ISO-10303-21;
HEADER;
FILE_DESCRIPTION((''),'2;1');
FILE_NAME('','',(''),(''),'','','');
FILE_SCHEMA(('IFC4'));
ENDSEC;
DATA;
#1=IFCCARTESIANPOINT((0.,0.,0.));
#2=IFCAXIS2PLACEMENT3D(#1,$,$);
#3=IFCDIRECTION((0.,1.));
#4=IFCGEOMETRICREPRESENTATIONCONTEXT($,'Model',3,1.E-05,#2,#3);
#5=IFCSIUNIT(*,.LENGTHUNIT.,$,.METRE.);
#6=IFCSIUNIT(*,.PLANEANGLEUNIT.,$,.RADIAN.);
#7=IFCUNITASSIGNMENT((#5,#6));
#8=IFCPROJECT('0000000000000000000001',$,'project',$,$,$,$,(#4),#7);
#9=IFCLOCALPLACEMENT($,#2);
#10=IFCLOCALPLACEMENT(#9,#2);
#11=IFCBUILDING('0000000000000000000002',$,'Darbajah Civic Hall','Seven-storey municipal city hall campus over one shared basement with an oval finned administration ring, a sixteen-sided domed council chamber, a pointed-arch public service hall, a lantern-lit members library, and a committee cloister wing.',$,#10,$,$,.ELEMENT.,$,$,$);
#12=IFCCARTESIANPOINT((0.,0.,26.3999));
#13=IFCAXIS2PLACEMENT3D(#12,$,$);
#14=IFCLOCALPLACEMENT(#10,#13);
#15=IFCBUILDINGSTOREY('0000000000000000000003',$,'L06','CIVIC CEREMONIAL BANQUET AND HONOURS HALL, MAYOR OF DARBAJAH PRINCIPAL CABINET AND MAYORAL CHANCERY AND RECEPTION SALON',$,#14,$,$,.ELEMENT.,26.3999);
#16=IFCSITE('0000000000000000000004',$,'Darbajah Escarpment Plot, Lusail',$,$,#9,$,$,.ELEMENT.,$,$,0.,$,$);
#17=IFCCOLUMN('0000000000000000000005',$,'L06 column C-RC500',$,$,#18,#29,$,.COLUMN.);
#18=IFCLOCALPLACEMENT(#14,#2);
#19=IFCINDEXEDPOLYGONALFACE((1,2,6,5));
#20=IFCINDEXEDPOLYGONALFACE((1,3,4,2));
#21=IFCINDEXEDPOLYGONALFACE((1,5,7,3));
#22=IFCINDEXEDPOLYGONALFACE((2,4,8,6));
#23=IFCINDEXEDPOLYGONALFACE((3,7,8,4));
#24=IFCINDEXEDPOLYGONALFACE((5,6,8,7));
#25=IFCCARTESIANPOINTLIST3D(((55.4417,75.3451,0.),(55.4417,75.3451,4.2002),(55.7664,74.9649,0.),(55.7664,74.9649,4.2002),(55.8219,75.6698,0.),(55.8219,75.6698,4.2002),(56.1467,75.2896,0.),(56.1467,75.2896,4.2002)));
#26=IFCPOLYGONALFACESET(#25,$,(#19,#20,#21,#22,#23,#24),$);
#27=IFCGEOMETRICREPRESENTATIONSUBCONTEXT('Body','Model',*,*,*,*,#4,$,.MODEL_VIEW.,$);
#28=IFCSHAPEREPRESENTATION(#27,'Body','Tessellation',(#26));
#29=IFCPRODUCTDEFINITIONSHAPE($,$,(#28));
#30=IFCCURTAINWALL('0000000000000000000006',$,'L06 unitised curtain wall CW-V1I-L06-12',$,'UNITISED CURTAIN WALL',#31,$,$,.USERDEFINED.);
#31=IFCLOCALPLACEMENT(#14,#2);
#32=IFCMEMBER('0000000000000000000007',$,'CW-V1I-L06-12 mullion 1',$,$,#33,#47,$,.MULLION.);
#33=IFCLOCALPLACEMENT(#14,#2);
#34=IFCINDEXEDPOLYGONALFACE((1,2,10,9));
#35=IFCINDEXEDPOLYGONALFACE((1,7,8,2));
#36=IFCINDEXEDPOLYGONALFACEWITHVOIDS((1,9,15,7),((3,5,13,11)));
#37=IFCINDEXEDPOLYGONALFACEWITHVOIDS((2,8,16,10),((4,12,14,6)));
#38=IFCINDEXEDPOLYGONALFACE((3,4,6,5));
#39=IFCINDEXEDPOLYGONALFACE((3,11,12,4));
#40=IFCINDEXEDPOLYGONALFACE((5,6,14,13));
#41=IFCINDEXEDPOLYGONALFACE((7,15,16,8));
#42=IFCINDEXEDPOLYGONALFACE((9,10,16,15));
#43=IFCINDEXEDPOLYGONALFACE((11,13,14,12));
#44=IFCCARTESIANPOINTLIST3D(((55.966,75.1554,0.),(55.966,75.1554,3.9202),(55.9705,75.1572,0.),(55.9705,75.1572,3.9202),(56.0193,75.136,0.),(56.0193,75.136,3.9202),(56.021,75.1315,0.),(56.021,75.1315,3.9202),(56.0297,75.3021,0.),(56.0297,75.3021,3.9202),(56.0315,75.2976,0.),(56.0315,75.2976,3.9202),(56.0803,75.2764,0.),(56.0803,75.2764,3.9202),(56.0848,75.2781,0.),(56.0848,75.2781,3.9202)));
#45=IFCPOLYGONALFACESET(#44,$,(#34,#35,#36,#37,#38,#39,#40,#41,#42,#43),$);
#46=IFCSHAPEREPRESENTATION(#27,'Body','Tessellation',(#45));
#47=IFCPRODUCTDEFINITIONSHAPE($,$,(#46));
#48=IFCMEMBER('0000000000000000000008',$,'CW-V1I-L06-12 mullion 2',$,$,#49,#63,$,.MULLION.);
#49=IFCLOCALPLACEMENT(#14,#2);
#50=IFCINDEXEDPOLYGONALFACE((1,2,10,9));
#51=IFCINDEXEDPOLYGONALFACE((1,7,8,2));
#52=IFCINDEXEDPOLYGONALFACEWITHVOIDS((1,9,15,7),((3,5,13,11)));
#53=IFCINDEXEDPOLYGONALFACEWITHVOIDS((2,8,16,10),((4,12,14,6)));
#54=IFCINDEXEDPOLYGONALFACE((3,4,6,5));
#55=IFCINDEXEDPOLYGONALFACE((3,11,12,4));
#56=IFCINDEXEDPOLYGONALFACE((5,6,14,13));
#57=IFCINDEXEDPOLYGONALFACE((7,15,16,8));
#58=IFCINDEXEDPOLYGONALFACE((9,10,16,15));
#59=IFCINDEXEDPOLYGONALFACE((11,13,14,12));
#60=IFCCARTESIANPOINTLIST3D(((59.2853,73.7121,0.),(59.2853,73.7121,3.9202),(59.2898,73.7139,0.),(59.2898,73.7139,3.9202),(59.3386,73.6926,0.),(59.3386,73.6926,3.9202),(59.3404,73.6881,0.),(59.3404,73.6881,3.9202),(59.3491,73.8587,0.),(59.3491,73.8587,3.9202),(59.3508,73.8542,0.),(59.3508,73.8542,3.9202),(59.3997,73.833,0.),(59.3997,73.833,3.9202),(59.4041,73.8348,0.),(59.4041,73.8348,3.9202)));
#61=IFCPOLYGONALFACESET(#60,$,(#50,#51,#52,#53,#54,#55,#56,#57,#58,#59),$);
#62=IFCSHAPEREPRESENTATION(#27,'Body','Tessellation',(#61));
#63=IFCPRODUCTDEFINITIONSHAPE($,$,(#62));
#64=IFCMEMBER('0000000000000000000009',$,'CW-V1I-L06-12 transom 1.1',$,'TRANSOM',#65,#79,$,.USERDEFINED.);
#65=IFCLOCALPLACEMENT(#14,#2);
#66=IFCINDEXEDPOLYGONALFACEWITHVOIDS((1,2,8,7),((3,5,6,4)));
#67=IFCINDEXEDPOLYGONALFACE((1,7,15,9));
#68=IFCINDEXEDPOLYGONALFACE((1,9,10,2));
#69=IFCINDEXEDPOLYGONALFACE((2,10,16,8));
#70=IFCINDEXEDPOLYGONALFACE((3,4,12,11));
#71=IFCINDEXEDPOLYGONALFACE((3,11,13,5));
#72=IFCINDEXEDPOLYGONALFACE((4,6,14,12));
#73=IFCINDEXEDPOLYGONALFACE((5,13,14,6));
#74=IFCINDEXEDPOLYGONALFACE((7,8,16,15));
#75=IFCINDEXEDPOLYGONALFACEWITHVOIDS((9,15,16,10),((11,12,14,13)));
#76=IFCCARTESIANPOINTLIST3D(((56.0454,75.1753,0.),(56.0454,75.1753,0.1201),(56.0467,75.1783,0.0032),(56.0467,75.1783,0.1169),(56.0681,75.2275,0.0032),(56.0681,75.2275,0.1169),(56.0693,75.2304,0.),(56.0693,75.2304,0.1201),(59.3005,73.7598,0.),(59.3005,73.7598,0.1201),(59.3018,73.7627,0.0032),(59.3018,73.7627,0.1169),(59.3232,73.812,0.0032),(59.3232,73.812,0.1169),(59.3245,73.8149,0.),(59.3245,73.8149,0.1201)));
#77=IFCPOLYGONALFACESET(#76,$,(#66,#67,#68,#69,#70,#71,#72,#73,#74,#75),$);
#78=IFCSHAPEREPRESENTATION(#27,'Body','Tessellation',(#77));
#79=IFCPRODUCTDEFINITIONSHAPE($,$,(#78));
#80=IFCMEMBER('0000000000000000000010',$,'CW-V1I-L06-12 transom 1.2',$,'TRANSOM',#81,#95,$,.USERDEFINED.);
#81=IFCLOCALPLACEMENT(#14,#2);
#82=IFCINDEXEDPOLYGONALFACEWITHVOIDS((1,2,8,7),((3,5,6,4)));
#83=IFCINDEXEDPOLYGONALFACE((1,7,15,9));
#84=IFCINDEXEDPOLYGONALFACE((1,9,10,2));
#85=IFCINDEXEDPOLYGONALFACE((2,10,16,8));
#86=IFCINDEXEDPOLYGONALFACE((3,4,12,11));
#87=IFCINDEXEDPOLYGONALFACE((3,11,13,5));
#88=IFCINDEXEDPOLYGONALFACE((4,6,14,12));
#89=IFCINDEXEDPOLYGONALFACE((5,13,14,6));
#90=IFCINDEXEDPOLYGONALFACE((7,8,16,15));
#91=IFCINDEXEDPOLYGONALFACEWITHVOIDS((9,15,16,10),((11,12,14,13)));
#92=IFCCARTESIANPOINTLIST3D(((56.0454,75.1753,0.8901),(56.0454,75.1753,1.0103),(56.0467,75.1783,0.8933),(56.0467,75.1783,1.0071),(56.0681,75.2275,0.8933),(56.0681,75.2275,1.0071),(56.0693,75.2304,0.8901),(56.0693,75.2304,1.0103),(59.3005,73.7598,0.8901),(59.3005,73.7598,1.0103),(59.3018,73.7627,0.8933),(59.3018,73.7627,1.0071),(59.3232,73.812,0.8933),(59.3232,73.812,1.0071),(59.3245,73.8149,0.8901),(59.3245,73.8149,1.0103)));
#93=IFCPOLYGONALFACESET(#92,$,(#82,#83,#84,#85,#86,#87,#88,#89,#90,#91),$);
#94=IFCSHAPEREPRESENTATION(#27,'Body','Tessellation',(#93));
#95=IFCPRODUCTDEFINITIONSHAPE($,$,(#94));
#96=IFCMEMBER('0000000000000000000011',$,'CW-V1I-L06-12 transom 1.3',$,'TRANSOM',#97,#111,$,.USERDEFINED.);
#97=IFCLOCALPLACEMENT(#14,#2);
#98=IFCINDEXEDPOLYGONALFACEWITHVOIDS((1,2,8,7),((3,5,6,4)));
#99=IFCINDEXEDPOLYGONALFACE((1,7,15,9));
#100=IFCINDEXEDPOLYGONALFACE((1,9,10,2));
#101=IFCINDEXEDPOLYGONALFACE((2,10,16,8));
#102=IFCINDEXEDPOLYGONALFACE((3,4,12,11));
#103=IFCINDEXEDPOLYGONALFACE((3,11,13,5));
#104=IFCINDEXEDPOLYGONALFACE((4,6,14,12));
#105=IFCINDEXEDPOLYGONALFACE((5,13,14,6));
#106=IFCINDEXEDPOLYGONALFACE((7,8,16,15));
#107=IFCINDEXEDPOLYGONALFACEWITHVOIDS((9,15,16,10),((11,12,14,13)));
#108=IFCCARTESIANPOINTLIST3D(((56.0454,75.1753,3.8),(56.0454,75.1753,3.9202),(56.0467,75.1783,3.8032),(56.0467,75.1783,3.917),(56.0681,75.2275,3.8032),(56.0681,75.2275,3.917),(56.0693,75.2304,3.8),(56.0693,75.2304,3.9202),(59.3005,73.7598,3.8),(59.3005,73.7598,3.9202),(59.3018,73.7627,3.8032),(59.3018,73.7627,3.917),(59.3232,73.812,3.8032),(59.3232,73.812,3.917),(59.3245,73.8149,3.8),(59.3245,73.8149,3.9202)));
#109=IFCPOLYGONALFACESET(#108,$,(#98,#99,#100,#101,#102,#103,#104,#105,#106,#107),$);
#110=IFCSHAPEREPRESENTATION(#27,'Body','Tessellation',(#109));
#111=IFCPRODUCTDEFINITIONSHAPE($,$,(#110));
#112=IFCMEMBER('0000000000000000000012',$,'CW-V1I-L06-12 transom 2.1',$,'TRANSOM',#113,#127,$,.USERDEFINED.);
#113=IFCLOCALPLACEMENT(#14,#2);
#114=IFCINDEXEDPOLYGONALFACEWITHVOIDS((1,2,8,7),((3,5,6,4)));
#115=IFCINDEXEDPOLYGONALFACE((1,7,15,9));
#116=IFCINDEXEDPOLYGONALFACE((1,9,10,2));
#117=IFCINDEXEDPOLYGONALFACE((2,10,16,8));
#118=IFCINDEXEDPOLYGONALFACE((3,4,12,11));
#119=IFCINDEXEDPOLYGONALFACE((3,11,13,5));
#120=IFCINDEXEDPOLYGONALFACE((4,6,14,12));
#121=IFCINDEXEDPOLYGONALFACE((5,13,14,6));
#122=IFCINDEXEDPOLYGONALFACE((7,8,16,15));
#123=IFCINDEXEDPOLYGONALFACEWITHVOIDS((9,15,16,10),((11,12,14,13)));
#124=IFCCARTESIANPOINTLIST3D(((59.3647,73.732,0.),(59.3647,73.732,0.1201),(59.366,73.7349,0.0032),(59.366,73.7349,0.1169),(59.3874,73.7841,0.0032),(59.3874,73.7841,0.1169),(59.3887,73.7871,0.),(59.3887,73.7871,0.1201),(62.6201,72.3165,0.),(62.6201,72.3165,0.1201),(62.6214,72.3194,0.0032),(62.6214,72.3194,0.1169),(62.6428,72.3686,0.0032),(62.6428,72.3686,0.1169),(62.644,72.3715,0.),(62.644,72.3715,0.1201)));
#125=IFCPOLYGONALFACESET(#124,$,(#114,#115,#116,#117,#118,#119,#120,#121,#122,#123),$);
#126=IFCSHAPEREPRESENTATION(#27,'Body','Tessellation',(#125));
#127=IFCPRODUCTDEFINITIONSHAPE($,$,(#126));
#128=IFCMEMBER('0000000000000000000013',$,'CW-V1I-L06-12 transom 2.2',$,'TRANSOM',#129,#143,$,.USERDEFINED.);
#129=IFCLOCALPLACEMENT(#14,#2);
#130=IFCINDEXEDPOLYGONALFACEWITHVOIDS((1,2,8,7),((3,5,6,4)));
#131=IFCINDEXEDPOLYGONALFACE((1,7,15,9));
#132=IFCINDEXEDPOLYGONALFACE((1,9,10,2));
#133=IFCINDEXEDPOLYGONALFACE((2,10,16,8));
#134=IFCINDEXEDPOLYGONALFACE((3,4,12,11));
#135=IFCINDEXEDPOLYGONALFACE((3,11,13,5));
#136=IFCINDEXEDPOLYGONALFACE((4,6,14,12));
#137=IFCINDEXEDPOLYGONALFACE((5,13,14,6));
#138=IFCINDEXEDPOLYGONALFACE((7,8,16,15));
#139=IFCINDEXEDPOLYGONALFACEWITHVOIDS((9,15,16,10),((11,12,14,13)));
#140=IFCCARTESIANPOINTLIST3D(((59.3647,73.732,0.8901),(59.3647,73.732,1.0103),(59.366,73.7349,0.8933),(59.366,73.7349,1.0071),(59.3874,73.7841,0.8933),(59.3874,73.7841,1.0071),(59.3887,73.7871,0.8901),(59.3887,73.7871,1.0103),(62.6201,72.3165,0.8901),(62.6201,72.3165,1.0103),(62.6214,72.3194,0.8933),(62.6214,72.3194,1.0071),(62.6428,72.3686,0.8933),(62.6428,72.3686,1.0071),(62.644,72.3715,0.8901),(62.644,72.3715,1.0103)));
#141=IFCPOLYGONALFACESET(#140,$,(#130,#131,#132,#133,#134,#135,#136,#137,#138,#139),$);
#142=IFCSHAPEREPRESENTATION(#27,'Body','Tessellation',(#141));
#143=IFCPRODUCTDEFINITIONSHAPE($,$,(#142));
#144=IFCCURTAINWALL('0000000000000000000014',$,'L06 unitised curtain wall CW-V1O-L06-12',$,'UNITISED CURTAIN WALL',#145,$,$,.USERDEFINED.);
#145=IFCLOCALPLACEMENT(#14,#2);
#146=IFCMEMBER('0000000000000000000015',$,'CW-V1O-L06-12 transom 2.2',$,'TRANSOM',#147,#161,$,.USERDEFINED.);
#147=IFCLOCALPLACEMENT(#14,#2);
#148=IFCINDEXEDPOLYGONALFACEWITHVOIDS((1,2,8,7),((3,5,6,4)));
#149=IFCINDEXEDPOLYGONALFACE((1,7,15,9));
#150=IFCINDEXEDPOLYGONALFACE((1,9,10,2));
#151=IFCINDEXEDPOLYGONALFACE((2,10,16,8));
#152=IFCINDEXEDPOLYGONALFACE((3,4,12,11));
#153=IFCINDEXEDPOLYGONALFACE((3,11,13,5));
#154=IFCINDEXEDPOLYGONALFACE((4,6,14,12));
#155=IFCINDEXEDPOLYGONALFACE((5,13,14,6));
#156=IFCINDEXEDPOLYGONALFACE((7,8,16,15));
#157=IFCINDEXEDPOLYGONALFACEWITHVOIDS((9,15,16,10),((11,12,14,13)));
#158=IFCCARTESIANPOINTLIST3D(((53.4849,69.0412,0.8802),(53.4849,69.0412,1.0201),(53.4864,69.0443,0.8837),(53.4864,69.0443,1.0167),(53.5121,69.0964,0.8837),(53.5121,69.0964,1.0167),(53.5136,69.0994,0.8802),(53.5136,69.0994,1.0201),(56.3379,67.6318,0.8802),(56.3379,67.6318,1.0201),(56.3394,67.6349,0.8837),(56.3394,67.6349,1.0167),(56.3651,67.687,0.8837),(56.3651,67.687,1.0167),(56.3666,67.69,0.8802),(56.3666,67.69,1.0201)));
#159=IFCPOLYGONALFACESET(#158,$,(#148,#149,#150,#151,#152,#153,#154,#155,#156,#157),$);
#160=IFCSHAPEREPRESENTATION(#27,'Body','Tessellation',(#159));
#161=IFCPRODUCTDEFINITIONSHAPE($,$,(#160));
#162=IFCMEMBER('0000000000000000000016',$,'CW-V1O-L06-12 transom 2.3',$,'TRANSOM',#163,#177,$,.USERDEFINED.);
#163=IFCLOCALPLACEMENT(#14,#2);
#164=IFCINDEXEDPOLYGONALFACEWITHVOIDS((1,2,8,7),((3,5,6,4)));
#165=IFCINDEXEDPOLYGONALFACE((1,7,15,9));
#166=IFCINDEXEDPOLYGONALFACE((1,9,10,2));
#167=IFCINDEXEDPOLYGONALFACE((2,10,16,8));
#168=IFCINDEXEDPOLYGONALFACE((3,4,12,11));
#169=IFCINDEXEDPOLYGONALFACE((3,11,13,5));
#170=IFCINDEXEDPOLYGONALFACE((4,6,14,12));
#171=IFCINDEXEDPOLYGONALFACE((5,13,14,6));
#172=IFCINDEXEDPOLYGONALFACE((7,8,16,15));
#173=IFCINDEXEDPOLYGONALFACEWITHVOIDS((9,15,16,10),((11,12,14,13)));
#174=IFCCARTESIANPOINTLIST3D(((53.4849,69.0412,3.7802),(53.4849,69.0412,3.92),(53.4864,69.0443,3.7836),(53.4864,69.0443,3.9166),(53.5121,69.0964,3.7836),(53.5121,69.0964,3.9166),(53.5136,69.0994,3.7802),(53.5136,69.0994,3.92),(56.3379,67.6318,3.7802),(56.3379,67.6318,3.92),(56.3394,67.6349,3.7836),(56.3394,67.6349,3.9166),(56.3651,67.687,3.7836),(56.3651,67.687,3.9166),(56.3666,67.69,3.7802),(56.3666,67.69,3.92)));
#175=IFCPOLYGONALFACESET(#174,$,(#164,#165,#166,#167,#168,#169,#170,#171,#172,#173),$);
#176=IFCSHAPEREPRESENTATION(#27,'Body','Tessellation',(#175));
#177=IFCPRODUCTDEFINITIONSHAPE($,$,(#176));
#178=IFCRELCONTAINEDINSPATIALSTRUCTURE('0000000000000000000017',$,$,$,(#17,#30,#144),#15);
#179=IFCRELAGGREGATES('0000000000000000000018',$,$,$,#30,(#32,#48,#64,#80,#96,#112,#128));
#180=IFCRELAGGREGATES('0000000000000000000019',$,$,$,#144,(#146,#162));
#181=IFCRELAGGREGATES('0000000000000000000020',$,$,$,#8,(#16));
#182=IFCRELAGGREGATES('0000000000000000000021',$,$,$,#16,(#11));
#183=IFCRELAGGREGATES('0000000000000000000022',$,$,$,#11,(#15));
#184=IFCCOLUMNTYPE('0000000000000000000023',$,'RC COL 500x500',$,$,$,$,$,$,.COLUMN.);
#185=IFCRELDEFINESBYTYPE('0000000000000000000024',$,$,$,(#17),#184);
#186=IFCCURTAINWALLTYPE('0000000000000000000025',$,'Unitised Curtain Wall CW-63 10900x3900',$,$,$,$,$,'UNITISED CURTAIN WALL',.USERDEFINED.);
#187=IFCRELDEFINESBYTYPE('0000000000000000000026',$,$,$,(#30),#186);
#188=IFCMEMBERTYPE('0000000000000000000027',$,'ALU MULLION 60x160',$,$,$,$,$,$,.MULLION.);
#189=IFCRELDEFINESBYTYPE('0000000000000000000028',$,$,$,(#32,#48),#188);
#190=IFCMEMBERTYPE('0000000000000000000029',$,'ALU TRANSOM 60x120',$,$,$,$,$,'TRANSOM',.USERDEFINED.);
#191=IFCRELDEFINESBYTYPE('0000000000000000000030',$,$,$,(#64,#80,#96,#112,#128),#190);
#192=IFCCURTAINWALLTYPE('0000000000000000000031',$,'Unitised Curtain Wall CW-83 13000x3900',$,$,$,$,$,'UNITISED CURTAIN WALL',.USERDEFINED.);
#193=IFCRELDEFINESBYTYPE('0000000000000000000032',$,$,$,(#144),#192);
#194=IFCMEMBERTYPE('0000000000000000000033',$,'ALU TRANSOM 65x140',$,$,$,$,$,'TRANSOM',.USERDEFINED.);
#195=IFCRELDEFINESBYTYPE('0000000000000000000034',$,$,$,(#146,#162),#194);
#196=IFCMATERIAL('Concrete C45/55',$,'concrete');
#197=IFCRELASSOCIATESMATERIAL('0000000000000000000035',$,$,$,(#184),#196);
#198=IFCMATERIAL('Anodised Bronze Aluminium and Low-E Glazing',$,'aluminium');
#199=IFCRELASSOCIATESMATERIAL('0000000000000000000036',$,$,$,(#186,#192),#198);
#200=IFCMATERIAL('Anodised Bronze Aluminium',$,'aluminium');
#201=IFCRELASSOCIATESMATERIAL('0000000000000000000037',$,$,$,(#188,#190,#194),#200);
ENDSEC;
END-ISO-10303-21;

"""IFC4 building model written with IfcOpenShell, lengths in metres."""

from ifc_helpers import new_model, si_unit, direction, frame, origin, origin_2d, place, context, subcontext, project, spatial, rectangle, hollow_rectangle, extrude, material, material_profile, profile_set, type_object, element, aggregate, save


model = new_model("IFC4")

# Units and contexts
model_context = context("Model", 3, precision=1e-05, world=origin(), true_north=direction((0.0, 1.0)))
body_context = subcontext(model_context, "Body", "Model", "MODEL_VIEW")
ifc_project = project(units=[si_unit("LENGTHUNIT", "METRE"), si_unit("PLANEANGLEUNIT", "RADIAN")], contexts=[model_context])

# Site, building, storey
site_placement = place(None, origin())
site = spatial("IfcSite", under=ifc_project, at=site_placement, Name="Darbajah Escarpment Plot, Lusail", CompositionType="ELEMENT", RefElevation=0.0)
building_placement = place(site_placement, origin())
building = spatial("IfcBuilding", under=site, at=building_placement, Name="Darbajah Civic Hall", Description="Seven-storey municipal city hall campus over one shared basement with an oval finned administration ring, a sixteen-sided domed council chamber, a pointed-arch public service hall, a lantern-lit members library, and a committee cloister wing.", CompositionType="ELEMENT")
storey_placement = place(building_placement, frame((0.0, 0.0, 26.3999)))
storey = spatial("IfcBuildingStorey", under=building, at=storey_placement, Name="L06", Description="CIVIC CEREMONIAL BANQUET AND HONOURS HALL, MAYOR OF DARBAJAH PRINCIPAL CABINET AND MAYORAL CHANCERY AND RECEPTION SALON", CompositionType="ELEMENT", Elevation=26.3999)

# Column
ifc_material_1 = material(Name="Concrete C45/55", Category="concrete")
ifc_material_profile_1 = material_profile(ifc_material_1, rectangle(XDim=0.5, YDim=0.5, at=origin_2d()), Name="RC COL 500x500")
ifc_profile_set_1 = profile_set([ifc_material_profile_1], Name="Concrete C45/55")
column_type = type_object("IfcColumnType", Name="RC COL 500x500", PredefinedType="COLUMN", material=ifc_profile_set_1)
column_placement = place(storey_placement, frame((55.7942, 75.3174, 0.0), z_axis=(0.0, 0.0, 1.0), x_axis=(-0.760406, -0.649448, 0.0)))
element("IfcColumn", 1, at=column_placement, inside=storey, type_object=column_type, Name="L06 column C-RC500", PredefinedType="COLUMN", context=body_context, shape_type="SweptSolid", body=[
    extrude(rectangle(XDim=0.5, YDim=0.5, at=origin_2d()), origin(), (0.0, 0.0, 1.0), 4.2002),
])

# Curtain walls, members
ifc_material_2 = material(Name="Anodised Bronze Aluminium and Low-E Glazing", Category="aluminium")
curtain_wall_type_1 = type_object("IfcCurtainWallType", Name="Unitised Curtain Wall CW-63 10900x3900", ElementType="UNITISED CURTAIN WALL", PredefinedType="USERDEFINED", material=ifc_material_2)
curtain_wall_1_placement = place(storey_placement, origin())
curtain_wall_1 = element("IfcCurtainWall", 2, at=curtain_wall_1_placement, inside=storey, type_object=curtain_wall_type_1, Name="L06 unitised curtain wall CW-V1I-L06-12", ObjectType="UNITISED CURTAIN WALL", PredefinedType="USERDEFINED")
ifc_material_3 = material(Name="Anodised Bronze Aluminium", Category="aluminium")
ifc_material_profile_2 = material_profile(ifc_material_3, hollow_rectangle(XDim=0.0601, YDim=0.1599, WallThickness=0.0034, at=origin_2d()), Name="ALU MULLION 60x160")
ifc_profile_set_2 = profile_set([ifc_material_profile_2], Name="Anodised Bronze Aluminium")
member_type_1 = type_object("IfcMemberType", Name="ALU MULLION 60x160", PredefinedType="MULLION", material=ifc_profile_set_2)
member_1_placement = place(storey_placement, frame((56.0254, 75.2168, 0.0), z_axis=(0.0, 0.0, 1.0), x_axis=(0.91706, -0.398749, 0.0)))
member_1 = element("IfcMember", 3, at=member_1_placement, type_object=member_type_1, Name="CW-V1I-L06-12 mullion 1", PredefinedType="MULLION", context=body_context, shape_type="SweptSolid", body=[
    extrude(hollow_rectangle(XDim=0.0601, YDim=0.1599, WallThickness=0.0034, at=origin_2d()), origin(), (0.0, 0.0, 1.0), 3.9202),
])
member_2_placement = place(storey_placement, frame((59.3447, 73.7734, 0.0), z_axis=(0.0, 0.0, 1.0), x_axis=(0.91706, -0.398749, 0.0)))
member_2 = element("IfcMember", 4, at=member_2_placement, type_object=member_type_1, Name="CW-V1I-L06-12 mullion 2", PredefinedType="MULLION", context=body_context, shape_type="SweptSolid", body=[
    extrude(hollow_rectangle(XDim=0.0601, YDim=0.1599, WallThickness=0.0034, at=origin_2d()), origin(), (0.0, 0.0, 1.0), 3.9202),
])
ifc_material_profile_3 = material_profile(ifc_material_3, hollow_rectangle(XDim=0.0601, YDim=0.1201, WallThickness=0.0032, at=origin_2d()), Name="ALU TRANSOM 60x120")
ifc_profile_set_3 = profile_set([ifc_material_profile_3], Name="Anodised Bronze Aluminium")
member_type_2 = type_object("IfcMemberType", Name="ALU TRANSOM 60x120", ElementType="TRANSOM", PredefinedType="USERDEFINED", material=ifc_profile_set_3)
member_3_placement = place(storey_placement, frame((56.0574, 75.2029, 0.0601), z_axis=(0.917044, -0.398786, 0.0), x_axis=(0.398786, 0.917044, 0.0)))
member_3 = element("IfcMember", 5, at=member_3_placement, type_object=member_type_2, Name="CW-V1I-L06-12 transom 1.1", ObjectType="TRANSOM", PredefinedType="USERDEFINED", context=body_context, shape_type="SweptSolid", body=[
    extrude(hollow_rectangle(XDim=0.0601, YDim=0.1201, WallThickness=0.0032, at=origin_2d()), origin(), (0.0, 0.0, 1.0), 3.5496),
])
member_4_placement = place(storey_placement, frame((56.0574, 75.2029, 0.9502), z_axis=(0.917044, -0.398786, 0.0), x_axis=(0.398786, 0.917044, 0.0)))
member_4 = element("IfcMember", 6, at=member_4_placement, type_object=member_type_2, Name="CW-V1I-L06-12 transom 1.2", ObjectType="TRANSOM", PredefinedType="USERDEFINED", context=body_context, shape_type="SweptSolid", body=[
    extrude(hollow_rectangle(XDim=0.0601, YDim=0.1201, WallThickness=0.0032, at=origin_2d()), origin(), (0.0, 0.0, 1.0), 3.5496),
])
member_5_placement = place(storey_placement, frame((56.0574, 75.2029, 3.8601), z_axis=(0.917044, -0.398786, 0.0), x_axis=(0.398786, 0.917044, 0.0)))
member_5 = element("IfcMember", 7, at=member_5_placement, type_object=member_type_2, Name="CW-V1I-L06-12 transom 1.3", ObjectType="TRANSOM", PredefinedType="USERDEFINED", context=body_context, shape_type="SweptSolid", body=[
    extrude(hollow_rectangle(XDim=0.0601, YDim=0.1201, WallThickness=0.0032, at=origin_2d()), origin(), (0.0, 0.0, 1.0), 3.5496),
])
member_6_placement = place(storey_placement, frame((59.3767, 73.7595, 0.0601), z_axis=(0.917055, -0.398761, 0.0), x_axis=(0.398761, 0.917055, 0.0)))
member_6 = element("IfcMember", 8, at=member_6_placement, type_object=member_type_2, Name="CW-V1I-L06-12 transom 2.1", ObjectType="TRANSOM", PredefinedType="USERDEFINED", context=body_context, shape_type="SweptSolid", body=[
    extrude(hollow_rectangle(XDim=0.0601, YDim=0.1201, WallThickness=0.0032, at=origin_2d()), origin(), (0.0, 0.0, 1.0), 3.5498),
])
member_7_placement = place(storey_placement, frame((59.3767, 73.7595, 0.9502), z_axis=(0.917055, -0.398761, 0.0), x_axis=(0.398761, 0.917055, 0.0)))
member_7 = element("IfcMember", 9, at=member_7_placement, type_object=member_type_2, Name="CW-V1I-L06-12 transom 2.2", ObjectType="TRANSOM", PredefinedType="USERDEFINED", context=body_context, shape_type="SweptSolid", body=[
    extrude(hollow_rectangle(XDim=0.0601, YDim=0.1201, WallThickness=0.0032, at=origin_2d()), origin(), (0.0, 0.0, 1.0), 3.5498),
])
curtain_wall_type_2 = type_object("IfcCurtainWallType", Name="Unitised Curtain Wall CW-83 13000x3900", ElementType="UNITISED CURTAIN WALL", PredefinedType="USERDEFINED", material=ifc_material_2)
curtain_wall_2_placement = place(storey_placement, origin())
curtain_wall_2 = element("IfcCurtainWall", 10, at=curtain_wall_2_placement, inside=storey, type_object=curtain_wall_type_2, Name="L06 unitised curtain wall CW-V1O-L06-12", ObjectType="UNITISED CURTAIN WALL", PredefinedType="USERDEFINED")
ifc_material_profile_4 = material_profile(ifc_material_3, hollow_rectangle(XDim=0.0649, YDim=0.1399, WallThickness=0.0034, at=origin_2d()), Name="ALU TRANSOM 65x140")
ifc_profile_set_4 = profile_set([ifc_material_profile_4], Name="Anodised Bronze Aluminium")
member_type_3 = type_object("IfcMemberType", Name="ALU TRANSOM 65x140", ElementType="TRANSOM", PredefinedType="USERDEFINED", material=ifc_profile_set_4)
member_8_placement = place(storey_placement, frame((53.4993, 69.0703, 0.9502), z_axis=(0.896565, -0.442912, 0.0), x_axis=(0.442912, 0.896565, 0.0)))
member_8 = element("IfcMember", 11, at=member_8_placement, type_object=member_type_3, Name="CW-V1O-L06-12 transom 2.2", ObjectType="TRANSOM", PredefinedType="USERDEFINED", context=body_context, shape_type="SweptSolid", body=[
    extrude(hollow_rectangle(XDim=0.0649, YDim=0.1399, WallThickness=0.0034, at=origin_2d()), origin(), (0.0, 0.0, 1.0), 3.1821),
])
member_9_placement = place(storey_placement, frame((53.4993, 69.0703, 3.8501), z_axis=(0.896565, -0.442912, 0.0), x_axis=(0.442912, 0.896565, 0.0)))
member_9 = element("IfcMember", 12, at=member_9_placement, type_object=member_type_3, Name="CW-V1O-L06-12 transom 2.3", ObjectType="TRANSOM", PredefinedType="USERDEFINED", context=body_context, shape_type="SweptSolid", body=[
    extrude(hollow_rectangle(XDim=0.0649, YDim=0.1399, WallThickness=0.0034, at=origin_2d()), origin(), (0.0, 0.0, 1.0), 3.1821),
])

aggregate(curtain_wall_1, [member_1, member_2, member_3, member_4, member_5, member_6, member_7])
aggregate(curtain_wall_2, [member_8, member_9])

save(model, "model.ifc")
